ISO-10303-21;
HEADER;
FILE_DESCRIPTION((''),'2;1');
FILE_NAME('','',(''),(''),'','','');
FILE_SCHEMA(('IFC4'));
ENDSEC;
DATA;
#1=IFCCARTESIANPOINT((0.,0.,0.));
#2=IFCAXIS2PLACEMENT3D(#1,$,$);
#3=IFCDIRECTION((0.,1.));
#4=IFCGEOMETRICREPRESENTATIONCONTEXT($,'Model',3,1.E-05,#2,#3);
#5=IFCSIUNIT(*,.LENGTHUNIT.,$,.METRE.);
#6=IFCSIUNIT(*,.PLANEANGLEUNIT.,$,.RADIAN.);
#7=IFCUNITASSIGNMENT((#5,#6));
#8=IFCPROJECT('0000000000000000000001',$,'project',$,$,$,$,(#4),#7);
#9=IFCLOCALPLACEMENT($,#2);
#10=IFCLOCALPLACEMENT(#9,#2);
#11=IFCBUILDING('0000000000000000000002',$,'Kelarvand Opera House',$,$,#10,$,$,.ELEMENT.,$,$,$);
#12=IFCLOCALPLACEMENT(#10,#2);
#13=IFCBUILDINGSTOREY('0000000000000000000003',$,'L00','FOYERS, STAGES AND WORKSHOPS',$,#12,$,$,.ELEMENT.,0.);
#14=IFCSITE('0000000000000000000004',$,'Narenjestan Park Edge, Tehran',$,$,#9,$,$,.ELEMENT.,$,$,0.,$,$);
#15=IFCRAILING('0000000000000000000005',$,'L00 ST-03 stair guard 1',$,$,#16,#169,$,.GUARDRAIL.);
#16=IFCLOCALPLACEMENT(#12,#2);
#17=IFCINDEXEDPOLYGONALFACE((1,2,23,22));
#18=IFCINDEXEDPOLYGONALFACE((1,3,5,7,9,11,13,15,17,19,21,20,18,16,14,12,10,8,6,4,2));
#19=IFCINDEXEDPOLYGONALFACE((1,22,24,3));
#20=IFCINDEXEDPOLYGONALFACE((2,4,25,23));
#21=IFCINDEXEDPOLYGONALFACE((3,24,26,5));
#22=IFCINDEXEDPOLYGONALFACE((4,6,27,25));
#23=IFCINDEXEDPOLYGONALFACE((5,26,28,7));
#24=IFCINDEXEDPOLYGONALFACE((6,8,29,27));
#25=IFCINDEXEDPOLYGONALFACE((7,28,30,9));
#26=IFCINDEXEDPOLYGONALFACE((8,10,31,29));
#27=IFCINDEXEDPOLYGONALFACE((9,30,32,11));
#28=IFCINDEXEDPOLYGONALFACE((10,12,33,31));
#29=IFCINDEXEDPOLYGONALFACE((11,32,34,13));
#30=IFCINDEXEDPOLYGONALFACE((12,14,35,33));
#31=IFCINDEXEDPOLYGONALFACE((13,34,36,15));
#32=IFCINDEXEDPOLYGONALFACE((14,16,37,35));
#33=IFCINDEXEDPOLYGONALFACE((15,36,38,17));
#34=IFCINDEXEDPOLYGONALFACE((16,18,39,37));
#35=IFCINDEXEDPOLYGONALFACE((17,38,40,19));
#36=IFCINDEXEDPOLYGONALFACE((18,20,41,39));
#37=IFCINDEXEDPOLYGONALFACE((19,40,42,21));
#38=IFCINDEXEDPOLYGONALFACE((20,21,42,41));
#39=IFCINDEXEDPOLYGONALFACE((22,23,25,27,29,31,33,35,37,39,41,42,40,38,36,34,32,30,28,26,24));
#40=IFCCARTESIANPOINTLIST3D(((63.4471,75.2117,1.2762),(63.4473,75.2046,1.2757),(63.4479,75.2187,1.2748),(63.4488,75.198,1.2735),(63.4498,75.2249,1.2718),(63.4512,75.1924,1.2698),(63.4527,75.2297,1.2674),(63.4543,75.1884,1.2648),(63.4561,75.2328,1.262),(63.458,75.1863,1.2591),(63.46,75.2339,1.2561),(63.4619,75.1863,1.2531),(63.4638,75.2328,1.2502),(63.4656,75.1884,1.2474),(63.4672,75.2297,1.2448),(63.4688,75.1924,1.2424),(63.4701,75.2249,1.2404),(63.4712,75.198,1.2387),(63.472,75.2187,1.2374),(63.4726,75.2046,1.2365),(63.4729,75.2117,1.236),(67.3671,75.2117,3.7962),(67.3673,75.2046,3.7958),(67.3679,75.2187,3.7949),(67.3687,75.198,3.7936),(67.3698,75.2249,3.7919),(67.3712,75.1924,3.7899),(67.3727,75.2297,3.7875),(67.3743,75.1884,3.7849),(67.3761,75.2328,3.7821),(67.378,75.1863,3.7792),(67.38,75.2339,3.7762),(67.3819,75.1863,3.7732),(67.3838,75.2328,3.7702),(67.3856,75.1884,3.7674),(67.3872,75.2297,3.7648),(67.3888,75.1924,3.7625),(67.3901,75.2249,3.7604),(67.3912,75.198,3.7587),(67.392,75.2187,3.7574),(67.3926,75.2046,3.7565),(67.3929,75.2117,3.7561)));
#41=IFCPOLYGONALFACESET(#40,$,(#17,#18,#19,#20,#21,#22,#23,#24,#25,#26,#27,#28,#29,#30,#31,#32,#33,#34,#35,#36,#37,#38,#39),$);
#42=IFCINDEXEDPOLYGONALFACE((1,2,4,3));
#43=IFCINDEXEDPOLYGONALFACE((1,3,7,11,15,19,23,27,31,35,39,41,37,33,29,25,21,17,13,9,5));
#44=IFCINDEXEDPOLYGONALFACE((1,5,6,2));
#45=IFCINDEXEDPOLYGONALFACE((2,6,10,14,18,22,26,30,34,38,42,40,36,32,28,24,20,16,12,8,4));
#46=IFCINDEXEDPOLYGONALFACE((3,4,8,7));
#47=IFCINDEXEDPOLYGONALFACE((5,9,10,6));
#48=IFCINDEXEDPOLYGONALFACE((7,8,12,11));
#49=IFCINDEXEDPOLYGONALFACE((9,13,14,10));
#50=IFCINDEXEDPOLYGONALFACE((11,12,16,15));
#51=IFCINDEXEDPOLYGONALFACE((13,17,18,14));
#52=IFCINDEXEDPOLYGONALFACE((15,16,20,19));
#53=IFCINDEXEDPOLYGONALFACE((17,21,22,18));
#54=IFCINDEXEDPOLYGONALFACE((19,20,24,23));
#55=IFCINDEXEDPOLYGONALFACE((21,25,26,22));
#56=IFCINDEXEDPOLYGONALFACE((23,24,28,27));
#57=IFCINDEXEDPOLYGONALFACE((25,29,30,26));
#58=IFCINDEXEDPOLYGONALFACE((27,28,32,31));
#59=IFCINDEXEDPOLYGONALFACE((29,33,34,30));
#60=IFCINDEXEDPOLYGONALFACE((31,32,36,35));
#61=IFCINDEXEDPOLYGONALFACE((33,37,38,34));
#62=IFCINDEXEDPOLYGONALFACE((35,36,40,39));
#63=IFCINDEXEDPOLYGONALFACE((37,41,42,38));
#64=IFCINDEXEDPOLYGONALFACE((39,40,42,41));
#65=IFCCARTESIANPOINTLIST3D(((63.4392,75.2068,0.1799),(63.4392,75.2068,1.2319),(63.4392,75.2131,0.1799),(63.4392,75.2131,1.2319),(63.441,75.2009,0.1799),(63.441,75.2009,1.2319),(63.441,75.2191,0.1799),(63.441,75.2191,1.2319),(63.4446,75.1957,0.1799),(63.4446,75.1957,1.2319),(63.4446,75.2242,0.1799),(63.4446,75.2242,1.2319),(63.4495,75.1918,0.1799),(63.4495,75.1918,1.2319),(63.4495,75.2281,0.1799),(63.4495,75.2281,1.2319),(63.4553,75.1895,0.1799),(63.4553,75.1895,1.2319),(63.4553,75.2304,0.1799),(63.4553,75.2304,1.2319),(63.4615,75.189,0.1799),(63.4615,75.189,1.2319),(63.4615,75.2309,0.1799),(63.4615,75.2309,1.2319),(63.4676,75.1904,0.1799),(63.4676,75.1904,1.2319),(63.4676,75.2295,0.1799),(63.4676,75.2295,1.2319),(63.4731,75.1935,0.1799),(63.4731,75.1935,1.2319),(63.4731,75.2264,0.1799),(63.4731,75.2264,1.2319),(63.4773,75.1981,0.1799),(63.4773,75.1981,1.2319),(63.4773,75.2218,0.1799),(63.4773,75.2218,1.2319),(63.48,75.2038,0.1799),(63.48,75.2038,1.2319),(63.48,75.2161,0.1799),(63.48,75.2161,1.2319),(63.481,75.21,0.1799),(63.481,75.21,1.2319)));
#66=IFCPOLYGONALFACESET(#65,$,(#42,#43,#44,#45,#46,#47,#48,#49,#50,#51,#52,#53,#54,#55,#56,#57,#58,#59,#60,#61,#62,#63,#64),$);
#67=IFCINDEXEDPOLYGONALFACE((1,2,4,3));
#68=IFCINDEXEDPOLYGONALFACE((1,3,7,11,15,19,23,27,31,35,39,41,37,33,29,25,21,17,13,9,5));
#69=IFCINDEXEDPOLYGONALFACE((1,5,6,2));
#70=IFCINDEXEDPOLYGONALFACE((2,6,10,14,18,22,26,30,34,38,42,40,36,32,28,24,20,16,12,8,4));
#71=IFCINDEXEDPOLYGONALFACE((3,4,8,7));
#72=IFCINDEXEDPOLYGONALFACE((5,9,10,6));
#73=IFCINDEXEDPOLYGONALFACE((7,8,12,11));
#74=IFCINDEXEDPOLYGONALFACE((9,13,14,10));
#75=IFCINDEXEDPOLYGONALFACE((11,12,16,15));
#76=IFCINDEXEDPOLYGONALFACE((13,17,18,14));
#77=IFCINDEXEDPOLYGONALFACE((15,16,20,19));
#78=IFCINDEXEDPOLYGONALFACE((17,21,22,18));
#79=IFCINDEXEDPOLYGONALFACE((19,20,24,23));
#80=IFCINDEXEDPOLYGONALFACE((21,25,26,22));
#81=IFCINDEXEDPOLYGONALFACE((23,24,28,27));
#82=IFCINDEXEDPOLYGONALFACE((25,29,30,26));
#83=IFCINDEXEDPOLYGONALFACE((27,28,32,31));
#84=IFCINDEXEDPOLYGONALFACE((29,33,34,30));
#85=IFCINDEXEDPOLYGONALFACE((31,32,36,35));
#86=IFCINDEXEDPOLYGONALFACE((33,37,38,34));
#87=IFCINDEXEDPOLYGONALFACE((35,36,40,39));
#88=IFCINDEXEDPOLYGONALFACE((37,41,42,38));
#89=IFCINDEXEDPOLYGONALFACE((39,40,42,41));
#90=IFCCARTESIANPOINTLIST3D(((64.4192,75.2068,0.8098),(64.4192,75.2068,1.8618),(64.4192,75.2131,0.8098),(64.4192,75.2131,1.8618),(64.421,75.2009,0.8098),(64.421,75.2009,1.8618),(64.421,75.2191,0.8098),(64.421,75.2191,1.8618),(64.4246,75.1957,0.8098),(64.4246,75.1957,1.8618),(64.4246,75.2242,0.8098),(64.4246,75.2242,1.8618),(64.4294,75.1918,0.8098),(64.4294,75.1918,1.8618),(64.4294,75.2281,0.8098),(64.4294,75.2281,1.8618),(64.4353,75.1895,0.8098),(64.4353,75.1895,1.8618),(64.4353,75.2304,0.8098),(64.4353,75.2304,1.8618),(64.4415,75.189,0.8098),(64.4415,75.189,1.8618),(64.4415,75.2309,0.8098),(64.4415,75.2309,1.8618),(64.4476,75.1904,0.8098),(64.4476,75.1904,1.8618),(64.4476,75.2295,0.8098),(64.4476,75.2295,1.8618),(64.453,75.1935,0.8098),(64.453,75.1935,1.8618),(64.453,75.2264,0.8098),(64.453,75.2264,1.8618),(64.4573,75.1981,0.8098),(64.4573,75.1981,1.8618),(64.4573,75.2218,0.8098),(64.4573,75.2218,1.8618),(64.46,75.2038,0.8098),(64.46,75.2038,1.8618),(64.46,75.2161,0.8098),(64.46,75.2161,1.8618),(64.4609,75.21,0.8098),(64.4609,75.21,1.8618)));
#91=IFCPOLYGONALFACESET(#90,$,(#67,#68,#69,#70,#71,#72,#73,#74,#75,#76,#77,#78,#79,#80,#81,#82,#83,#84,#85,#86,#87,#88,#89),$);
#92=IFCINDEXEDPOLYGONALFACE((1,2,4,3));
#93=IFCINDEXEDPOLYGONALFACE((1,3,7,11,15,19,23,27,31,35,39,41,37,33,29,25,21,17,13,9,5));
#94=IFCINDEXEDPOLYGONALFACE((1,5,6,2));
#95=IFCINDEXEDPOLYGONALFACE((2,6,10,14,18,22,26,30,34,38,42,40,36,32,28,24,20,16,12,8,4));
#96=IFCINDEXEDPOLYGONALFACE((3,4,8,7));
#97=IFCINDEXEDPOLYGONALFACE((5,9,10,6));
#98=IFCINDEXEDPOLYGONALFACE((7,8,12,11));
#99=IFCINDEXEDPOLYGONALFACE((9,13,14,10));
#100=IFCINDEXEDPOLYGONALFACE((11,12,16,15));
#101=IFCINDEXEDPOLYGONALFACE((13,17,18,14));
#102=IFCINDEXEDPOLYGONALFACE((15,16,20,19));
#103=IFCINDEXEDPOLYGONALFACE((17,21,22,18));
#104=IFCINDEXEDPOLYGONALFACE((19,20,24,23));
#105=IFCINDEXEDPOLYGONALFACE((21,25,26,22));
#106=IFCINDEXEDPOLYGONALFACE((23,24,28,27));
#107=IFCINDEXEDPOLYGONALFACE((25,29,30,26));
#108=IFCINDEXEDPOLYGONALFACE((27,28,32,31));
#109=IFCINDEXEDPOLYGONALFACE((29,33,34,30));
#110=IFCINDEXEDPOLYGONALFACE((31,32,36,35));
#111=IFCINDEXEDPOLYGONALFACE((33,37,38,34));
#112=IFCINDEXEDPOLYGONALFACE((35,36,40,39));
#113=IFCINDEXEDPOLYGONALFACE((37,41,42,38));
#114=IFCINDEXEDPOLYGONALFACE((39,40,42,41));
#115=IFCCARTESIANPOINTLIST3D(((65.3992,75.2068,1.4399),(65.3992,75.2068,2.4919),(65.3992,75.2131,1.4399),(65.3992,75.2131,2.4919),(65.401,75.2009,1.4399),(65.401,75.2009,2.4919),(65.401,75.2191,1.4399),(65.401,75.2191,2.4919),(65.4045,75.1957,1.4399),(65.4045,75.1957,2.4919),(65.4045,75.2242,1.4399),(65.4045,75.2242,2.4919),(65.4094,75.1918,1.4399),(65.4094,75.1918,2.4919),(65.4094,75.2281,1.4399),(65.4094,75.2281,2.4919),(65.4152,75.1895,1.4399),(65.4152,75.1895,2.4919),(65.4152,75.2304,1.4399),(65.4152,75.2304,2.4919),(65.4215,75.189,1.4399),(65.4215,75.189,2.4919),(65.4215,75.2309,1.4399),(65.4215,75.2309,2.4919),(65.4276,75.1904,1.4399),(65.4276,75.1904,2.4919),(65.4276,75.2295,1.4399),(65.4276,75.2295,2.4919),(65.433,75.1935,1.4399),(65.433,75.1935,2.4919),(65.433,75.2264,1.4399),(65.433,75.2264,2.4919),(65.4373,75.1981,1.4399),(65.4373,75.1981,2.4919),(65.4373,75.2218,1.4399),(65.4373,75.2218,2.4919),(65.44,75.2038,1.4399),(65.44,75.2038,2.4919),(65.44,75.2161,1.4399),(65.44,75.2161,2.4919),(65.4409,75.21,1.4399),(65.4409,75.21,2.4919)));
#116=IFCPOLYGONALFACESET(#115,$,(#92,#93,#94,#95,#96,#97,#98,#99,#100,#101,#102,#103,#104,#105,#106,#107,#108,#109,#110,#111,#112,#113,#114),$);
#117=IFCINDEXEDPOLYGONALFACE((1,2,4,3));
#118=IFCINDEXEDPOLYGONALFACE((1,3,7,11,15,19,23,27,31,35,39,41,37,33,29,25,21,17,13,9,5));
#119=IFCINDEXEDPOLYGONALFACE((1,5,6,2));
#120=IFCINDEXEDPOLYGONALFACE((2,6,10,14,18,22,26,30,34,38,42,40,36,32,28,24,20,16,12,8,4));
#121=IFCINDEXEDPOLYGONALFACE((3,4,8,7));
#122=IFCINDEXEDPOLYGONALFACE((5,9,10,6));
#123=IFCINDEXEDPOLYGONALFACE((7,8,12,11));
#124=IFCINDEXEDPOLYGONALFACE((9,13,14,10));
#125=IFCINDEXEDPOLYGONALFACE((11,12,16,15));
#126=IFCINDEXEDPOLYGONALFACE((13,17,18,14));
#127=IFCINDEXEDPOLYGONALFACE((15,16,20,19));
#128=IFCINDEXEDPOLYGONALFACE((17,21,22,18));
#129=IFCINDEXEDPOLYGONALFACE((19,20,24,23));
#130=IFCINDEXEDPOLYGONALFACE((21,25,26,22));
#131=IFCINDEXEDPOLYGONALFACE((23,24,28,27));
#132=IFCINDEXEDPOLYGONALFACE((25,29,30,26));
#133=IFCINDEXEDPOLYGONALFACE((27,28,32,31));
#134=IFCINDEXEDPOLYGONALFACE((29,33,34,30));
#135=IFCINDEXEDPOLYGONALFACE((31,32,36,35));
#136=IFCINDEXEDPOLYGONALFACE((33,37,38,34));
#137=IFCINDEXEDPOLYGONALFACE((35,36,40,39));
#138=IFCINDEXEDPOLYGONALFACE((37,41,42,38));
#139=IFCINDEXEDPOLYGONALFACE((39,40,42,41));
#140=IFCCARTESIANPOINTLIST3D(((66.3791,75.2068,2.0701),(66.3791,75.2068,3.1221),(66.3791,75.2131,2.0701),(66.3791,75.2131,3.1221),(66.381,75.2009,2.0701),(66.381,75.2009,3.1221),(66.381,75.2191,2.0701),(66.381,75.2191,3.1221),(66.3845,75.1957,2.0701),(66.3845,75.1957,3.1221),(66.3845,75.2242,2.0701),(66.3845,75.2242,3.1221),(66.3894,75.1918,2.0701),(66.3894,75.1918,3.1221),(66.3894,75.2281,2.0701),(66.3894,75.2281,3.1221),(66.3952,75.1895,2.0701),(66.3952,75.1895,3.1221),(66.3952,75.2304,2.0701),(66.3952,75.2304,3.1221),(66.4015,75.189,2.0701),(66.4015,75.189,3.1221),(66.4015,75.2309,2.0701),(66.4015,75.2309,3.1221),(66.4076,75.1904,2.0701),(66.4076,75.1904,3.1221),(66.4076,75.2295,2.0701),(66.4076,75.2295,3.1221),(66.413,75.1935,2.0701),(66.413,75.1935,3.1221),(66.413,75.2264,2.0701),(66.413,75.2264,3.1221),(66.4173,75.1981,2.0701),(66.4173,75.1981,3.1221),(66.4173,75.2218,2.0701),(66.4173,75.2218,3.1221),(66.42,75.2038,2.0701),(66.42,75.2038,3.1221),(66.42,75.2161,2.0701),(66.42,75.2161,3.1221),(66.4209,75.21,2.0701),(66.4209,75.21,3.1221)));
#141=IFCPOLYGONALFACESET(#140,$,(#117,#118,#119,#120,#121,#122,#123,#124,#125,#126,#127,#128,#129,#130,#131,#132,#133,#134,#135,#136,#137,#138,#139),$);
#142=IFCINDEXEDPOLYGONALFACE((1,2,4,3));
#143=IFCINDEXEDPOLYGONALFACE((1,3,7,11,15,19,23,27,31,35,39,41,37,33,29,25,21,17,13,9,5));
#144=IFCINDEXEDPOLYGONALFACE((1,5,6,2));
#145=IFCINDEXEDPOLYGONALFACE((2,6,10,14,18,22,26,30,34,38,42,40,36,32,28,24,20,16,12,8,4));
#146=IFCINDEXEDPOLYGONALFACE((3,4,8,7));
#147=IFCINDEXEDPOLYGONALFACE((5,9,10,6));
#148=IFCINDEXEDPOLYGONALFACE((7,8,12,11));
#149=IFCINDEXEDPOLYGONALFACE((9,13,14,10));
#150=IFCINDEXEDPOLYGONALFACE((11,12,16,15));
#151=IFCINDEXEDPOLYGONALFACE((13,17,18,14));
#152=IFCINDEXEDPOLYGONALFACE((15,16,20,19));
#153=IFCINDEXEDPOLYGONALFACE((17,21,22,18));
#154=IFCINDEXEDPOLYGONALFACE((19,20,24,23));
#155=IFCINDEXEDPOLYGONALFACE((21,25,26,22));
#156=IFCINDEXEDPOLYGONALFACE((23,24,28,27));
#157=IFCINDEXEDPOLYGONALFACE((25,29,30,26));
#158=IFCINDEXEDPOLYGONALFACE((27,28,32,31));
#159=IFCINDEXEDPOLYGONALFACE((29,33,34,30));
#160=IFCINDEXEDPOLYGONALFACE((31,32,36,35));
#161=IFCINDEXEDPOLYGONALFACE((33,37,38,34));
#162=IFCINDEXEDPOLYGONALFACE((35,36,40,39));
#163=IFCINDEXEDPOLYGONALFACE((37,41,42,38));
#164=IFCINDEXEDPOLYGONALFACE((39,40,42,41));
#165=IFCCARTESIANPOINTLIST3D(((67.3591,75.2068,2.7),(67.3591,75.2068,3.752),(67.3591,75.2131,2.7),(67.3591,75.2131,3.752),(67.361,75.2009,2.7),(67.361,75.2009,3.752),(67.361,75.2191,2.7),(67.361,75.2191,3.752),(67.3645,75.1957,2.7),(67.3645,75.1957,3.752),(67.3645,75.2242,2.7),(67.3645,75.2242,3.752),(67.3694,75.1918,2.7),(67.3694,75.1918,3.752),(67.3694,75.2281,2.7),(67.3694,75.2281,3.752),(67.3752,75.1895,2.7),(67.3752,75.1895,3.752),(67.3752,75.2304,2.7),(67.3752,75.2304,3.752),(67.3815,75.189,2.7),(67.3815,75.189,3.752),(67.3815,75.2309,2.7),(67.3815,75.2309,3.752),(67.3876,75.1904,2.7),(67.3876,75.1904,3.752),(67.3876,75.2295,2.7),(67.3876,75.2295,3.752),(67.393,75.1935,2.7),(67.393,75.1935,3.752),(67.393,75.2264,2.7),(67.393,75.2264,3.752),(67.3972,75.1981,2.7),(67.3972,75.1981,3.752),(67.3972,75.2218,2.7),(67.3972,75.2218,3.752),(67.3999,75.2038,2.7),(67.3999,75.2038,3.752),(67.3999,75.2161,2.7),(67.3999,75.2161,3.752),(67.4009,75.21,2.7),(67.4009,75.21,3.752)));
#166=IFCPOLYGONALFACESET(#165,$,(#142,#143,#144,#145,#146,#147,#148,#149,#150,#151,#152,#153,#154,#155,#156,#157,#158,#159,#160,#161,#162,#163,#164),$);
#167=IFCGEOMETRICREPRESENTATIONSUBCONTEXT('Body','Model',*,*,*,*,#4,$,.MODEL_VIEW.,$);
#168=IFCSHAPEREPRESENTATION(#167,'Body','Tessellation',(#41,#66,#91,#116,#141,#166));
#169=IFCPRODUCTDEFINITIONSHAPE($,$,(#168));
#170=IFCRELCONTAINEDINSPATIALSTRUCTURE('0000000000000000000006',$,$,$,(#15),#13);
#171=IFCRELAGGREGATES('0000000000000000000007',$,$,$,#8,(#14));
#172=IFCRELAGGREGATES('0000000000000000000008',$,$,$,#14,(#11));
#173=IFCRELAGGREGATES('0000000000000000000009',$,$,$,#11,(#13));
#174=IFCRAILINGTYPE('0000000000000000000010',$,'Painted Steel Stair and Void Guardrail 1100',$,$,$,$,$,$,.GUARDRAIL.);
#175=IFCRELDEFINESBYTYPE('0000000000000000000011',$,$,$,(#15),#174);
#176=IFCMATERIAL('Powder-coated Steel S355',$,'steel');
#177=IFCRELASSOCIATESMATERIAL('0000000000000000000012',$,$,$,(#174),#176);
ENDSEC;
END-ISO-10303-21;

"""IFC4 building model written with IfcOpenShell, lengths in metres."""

from ifc_helpers import new_model, si_unit, direction, frame, origin, origin_2d, place, context, subcontext, project, spatial, circle, extrude, material, type_object, element, save


model = new_model("IFC4")

# Units and contexts
model_context = context("Model", 3, precision=1e-05, world=origin(), true_north=direction((0.0, 1.0)))
body_context = subcontext(model_context, "Body", "Model", "MODEL_VIEW")
ifc_project = project(units=[si_unit("LENGTHUNIT", "METRE"), si_unit("PLANEANGLEUNIT", "RADIAN")], contexts=[model_context])

# Site, building, storey
site_placement = place(None, origin())
site = spatial("IfcSite", under=ifc_project, at=site_placement, Name="Narenjestan Park Edge, Tehran", CompositionType="ELEMENT", RefElevation=0.0)
building_placement = place(site_placement, origin())
building = spatial("IfcBuilding", under=site, at=building_placement, Name="Kelarvand Opera House", CompositionType="ELEMENT")
storey_placement = place(building_placement, origin())
storey = spatial("IfcBuildingStorey", under=building, at=storey_placement, Name="L00", Description="FOYERS, STAGES AND WORKSHOPS", CompositionType="ELEMENT", Elevation=0.0)

# Railing
ifc_material_1 = material(Name="Powder-coated Steel S355", Category="steel")
railing_type_1 = type_object("IfcRailingType", Name="Painted Steel Stair and Void Guardrail 1100", PredefinedType="GUARDRAIL", material=ifc_material_1)
railing_1_placement = place(storey_placement, frame((63.46, 75.21, 0.1799)))
element("IfcRailing", 1, at=railing_1_placement, inside=storey, type_object=railing_type_1, Name="L00 ST-03 stair guard 1", PredefinedType="GUARDRAIL", context=body_context, shape_type="SweptSolid", body=[
    extrude(circle(Radius=0.0239, at=origin_2d()), frame((0.0, 0.0, 1.0762), z_axis=(0.841172, 0.0, 0.540768), x_axis=(0.0, 1.0, 0.0)), (0.0, 0.0, 1.0), 4.6602),
    extrude(circle(Radius=0.021, at=origin_2d()), origin(), (0.0, 0.0, 1.0), 1.052),
    extrude(circle(Radius=0.021, at=origin_2d()), frame((0.98, 0.0, 0.6299)), (0.0, 0.0, 1.0), 1.052),
    extrude(circle(Radius=0.021, at=origin_2d()), frame((1.96, 0.0, 1.26)), (0.0, 0.0, 1.0), 1.052),
    extrude(circle(Radius=0.021, at=origin_2d()), frame((2.9399, 0.0, 1.8901)), (0.0, 0.0, 1.0), 1.052),
    extrude(circle(Radius=0.021, at=origin_2d()), frame((3.9199, 0.0, 2.52)), (0.0, 0.0, 1.0), 1.052),
])

save(model, "model.ifc")
